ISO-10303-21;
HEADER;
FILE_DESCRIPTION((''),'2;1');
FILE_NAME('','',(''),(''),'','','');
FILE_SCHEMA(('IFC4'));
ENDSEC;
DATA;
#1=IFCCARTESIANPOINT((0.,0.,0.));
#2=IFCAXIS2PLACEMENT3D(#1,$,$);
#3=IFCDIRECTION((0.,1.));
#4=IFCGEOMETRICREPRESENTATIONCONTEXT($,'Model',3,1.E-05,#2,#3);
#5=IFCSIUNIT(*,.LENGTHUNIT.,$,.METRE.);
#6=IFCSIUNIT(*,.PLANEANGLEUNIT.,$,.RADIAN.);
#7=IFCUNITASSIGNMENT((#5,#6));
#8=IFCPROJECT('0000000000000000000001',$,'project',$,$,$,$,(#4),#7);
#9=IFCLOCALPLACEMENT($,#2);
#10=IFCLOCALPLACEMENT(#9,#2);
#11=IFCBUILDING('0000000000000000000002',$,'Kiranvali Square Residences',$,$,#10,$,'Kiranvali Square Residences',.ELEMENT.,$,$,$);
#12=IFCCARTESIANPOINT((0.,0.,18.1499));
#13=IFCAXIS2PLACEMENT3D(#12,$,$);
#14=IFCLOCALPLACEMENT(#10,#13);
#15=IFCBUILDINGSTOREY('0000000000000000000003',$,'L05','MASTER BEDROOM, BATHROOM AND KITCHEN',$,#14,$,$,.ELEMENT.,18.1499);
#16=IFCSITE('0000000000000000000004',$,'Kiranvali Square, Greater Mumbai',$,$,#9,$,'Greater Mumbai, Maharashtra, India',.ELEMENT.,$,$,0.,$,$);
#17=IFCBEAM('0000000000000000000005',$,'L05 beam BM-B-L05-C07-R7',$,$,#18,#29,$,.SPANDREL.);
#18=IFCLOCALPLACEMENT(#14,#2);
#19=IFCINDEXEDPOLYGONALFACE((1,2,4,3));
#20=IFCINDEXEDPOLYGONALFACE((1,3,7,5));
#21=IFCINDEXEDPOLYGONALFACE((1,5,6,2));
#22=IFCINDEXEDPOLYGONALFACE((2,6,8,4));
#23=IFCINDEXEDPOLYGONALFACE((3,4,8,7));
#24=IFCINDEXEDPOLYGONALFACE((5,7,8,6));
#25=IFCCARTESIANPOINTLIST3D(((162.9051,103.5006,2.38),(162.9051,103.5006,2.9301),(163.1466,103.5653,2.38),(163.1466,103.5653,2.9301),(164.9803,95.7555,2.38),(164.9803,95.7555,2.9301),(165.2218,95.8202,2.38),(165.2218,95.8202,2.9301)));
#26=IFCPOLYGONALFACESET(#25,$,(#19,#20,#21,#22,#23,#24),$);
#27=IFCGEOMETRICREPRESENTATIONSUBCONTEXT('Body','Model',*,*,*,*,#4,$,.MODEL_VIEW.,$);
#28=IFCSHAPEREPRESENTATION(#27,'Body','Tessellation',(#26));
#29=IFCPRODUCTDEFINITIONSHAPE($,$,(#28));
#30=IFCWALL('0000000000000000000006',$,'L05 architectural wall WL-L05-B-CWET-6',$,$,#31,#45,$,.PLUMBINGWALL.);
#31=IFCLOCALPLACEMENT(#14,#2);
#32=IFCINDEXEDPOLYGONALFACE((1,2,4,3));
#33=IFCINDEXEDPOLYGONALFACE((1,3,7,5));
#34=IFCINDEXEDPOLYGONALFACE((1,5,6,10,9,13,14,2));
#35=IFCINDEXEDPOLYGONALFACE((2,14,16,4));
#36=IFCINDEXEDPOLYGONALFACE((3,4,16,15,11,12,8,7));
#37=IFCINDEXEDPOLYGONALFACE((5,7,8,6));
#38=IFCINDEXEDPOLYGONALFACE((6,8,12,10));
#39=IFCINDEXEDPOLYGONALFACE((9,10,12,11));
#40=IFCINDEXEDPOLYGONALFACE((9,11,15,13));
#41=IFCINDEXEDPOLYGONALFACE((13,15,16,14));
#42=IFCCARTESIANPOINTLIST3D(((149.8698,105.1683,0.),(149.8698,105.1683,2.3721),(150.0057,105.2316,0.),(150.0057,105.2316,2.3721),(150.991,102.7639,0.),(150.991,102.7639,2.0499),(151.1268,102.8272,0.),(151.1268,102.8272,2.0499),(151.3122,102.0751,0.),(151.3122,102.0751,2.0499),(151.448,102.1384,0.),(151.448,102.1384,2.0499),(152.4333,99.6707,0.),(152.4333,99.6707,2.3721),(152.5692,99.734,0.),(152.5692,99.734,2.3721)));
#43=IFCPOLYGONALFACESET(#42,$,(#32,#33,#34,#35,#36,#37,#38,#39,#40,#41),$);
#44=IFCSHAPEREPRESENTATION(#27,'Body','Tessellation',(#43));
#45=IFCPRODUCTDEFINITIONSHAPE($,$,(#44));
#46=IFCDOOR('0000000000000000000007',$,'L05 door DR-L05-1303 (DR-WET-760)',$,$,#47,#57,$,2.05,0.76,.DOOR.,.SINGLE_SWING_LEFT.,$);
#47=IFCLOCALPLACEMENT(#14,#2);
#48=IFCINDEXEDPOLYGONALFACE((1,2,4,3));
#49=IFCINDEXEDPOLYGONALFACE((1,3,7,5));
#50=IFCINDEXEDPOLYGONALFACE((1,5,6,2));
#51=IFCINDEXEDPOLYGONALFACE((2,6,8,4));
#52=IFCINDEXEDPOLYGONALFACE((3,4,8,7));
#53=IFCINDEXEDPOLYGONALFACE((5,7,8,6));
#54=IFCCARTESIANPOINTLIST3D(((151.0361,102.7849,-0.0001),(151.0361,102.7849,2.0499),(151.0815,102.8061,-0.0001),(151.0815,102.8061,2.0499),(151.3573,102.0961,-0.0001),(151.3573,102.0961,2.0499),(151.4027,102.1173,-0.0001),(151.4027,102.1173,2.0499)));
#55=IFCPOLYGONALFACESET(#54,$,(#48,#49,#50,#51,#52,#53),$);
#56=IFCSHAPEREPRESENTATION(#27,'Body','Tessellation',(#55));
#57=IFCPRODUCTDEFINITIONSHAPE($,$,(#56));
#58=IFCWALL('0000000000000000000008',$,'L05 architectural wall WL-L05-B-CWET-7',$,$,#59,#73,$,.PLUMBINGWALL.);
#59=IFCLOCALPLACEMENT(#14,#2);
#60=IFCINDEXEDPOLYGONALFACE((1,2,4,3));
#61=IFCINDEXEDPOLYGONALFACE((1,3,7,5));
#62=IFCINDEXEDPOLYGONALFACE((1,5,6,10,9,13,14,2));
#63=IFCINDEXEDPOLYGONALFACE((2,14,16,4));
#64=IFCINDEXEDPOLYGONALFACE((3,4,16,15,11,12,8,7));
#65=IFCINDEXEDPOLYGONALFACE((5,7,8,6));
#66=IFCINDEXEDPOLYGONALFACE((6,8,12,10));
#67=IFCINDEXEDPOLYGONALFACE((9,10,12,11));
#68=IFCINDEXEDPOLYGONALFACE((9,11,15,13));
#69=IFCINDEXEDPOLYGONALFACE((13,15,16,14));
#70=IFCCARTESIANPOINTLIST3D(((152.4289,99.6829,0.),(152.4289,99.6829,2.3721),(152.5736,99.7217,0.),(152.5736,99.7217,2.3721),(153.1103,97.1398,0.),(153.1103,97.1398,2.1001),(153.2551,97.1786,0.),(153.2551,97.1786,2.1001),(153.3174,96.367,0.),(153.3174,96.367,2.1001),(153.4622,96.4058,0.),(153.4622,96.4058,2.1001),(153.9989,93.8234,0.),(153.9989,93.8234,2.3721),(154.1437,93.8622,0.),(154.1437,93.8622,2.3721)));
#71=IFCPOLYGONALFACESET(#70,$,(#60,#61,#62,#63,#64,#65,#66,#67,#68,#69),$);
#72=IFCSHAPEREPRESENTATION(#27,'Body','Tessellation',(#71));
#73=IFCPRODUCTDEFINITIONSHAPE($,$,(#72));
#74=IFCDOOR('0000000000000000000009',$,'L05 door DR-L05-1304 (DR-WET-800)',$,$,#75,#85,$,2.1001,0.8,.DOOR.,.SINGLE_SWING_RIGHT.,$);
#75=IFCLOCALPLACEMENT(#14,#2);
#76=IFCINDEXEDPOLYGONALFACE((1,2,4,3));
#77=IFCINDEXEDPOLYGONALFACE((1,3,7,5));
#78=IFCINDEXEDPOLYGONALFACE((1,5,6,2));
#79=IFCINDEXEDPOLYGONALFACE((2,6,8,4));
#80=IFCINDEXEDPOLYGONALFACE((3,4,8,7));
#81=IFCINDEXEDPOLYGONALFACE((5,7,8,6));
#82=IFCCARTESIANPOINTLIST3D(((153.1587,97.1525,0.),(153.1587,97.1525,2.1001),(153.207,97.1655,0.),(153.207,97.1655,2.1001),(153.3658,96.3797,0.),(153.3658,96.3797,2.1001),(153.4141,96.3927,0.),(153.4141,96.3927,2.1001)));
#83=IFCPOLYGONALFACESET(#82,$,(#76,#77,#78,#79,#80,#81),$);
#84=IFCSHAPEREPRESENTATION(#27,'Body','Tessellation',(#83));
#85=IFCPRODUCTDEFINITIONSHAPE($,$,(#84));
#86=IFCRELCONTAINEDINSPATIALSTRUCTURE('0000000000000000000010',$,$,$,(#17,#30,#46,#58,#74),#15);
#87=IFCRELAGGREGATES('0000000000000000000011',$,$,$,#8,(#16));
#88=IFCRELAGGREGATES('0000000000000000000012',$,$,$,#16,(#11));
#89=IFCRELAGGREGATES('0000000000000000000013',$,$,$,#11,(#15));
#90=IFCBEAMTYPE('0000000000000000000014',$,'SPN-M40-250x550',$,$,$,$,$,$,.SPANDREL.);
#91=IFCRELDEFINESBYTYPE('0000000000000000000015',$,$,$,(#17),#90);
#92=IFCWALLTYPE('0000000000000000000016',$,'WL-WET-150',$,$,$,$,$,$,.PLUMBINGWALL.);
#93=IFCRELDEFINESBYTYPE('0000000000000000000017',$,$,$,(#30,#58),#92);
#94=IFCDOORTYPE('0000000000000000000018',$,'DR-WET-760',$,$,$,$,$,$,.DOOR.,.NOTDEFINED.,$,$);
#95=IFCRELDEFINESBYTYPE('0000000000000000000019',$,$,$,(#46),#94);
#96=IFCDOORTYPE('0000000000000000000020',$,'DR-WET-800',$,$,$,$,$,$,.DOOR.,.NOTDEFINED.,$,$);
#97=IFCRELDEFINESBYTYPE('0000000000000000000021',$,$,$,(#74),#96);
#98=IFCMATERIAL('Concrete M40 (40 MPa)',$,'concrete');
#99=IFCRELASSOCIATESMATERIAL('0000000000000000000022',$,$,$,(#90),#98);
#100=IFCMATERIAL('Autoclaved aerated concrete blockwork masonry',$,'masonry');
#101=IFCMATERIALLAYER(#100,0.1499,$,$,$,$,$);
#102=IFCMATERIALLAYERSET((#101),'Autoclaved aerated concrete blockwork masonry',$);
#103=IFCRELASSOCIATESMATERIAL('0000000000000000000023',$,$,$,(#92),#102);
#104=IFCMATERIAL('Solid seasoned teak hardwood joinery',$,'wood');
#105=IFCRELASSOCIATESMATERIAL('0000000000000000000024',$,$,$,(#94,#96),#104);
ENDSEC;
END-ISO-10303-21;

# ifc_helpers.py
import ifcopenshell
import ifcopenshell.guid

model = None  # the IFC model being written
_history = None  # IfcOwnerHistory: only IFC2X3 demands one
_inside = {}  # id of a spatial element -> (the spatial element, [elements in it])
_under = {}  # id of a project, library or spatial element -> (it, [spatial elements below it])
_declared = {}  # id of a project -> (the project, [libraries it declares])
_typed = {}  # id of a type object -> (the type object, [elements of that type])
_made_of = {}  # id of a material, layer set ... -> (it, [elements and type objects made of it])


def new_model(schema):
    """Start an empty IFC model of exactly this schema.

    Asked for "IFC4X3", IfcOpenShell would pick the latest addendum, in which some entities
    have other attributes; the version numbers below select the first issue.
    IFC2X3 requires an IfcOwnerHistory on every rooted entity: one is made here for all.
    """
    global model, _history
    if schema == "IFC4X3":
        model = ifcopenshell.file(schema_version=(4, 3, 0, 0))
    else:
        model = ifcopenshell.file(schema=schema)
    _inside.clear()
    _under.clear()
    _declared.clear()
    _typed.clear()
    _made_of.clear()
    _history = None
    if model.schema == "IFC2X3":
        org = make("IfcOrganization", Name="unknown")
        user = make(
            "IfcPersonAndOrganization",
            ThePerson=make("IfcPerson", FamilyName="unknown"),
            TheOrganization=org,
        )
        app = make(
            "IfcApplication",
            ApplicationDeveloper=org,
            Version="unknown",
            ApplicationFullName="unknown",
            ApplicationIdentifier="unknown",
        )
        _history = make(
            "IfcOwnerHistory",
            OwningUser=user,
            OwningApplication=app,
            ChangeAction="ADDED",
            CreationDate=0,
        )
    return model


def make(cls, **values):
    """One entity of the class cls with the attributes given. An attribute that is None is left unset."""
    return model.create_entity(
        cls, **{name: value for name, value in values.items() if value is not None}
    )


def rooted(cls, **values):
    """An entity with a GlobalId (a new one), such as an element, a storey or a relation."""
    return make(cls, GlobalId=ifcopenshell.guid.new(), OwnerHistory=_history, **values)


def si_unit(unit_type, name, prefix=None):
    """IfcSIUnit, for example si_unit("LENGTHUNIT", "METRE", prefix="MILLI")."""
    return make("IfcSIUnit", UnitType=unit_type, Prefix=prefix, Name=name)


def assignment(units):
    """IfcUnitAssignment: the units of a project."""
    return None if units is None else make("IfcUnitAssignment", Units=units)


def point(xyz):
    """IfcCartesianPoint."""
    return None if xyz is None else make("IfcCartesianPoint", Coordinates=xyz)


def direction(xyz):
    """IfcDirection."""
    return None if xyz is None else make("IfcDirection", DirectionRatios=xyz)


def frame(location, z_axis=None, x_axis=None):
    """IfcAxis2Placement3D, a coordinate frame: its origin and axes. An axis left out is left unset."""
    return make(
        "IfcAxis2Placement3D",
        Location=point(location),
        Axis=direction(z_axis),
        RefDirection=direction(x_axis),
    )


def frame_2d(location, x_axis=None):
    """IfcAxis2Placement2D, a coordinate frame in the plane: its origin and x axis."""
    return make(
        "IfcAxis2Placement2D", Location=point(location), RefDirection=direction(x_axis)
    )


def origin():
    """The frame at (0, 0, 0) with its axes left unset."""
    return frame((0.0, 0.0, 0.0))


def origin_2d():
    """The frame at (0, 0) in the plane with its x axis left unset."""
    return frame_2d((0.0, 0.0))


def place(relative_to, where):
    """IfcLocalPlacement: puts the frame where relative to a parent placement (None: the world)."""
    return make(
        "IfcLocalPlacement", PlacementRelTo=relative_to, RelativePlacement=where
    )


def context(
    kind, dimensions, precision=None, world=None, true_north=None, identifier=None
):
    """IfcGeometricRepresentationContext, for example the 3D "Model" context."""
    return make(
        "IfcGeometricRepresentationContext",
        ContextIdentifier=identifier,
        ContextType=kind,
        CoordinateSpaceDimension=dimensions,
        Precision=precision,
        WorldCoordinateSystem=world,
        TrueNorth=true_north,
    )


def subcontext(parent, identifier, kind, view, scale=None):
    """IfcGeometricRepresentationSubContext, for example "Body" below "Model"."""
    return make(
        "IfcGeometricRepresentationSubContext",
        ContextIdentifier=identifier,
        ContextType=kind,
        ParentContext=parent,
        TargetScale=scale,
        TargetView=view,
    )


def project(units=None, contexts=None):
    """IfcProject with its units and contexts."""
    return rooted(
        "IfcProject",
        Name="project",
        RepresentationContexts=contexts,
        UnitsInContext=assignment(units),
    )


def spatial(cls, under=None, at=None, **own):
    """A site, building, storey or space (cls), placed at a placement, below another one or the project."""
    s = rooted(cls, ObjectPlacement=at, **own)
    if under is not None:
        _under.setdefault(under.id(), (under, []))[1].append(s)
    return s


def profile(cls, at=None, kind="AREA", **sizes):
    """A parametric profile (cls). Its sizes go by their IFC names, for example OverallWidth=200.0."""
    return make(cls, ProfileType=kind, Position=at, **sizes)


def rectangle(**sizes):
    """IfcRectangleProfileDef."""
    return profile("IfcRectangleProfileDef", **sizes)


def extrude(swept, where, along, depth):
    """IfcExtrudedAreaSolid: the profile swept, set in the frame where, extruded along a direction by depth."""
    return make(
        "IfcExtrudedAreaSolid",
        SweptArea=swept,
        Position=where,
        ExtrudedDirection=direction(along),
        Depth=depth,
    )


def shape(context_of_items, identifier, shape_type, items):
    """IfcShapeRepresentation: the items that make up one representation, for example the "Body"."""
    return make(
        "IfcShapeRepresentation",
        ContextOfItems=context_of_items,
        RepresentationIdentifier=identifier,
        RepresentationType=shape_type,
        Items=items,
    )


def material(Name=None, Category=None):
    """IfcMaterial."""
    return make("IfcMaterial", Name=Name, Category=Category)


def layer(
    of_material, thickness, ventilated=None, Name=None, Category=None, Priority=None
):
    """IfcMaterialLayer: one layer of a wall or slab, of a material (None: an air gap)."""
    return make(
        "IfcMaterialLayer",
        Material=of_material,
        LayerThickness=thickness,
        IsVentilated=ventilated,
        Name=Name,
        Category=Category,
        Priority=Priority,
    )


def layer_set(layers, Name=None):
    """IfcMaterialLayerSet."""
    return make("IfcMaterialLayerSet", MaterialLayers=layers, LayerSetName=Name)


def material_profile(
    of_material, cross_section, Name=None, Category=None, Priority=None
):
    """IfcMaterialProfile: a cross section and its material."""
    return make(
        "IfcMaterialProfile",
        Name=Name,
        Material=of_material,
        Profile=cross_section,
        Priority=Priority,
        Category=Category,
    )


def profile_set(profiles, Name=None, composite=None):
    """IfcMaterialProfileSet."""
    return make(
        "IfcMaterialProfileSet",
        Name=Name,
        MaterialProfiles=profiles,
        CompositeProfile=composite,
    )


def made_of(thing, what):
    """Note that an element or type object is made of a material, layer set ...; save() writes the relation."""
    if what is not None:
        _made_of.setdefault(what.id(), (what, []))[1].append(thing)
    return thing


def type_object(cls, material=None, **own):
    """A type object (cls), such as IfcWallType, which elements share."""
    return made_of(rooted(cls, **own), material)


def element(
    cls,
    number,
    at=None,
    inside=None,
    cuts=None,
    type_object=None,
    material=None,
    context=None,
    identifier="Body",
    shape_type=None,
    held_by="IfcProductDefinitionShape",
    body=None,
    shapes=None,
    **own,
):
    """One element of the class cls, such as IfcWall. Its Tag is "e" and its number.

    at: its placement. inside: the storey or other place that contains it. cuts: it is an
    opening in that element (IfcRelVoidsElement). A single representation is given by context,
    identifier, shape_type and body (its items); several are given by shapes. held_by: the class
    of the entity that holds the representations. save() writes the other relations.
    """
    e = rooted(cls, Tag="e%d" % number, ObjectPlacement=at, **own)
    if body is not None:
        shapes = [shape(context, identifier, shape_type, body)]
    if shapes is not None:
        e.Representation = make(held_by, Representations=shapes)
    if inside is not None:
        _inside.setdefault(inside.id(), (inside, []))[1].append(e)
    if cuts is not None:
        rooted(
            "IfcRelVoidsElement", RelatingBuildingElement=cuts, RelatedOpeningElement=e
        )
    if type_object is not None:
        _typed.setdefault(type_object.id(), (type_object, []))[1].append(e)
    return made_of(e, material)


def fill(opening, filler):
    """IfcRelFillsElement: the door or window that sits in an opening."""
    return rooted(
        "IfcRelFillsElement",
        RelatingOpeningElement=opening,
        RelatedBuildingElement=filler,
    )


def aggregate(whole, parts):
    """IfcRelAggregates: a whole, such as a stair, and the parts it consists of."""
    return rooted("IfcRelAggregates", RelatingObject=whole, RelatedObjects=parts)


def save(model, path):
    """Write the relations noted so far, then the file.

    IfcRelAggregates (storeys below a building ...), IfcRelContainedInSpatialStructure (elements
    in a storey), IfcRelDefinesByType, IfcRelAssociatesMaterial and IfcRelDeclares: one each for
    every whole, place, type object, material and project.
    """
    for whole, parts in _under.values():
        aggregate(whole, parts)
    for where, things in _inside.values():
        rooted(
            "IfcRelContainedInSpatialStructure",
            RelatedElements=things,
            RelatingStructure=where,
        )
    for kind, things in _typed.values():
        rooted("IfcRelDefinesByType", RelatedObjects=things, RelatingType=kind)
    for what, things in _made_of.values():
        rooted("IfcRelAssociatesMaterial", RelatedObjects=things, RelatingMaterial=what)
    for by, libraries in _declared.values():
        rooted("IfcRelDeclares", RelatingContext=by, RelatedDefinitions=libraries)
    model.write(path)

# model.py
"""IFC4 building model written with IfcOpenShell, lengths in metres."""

from ifc_helpers import new_model, si_unit, direction, frame, frame_2d, origin, origin_2d, place, context, subcontext, project, spatial, rectangle, extrude, material, layer, layer_set, material_profile, profile_set, type_object, element, fill, save


model = new_model("IFC4")

# Units and contexts
model_context = context("Model", 3, precision=1e-05, world=origin(), true_north=direction((0.0, 1.0)))
body_context = subcontext(model_context, "Body", "Model", "MODEL_VIEW")
ifc_project = project(units=[si_unit("LENGTHUNIT", "METRE"), si_unit("PLANEANGLEUNIT", "RADIAN")], contexts=[model_context])

# Site, building, storey
site_placement = place(None, origin())
site = spatial("IfcSite", under=ifc_project, at=site_placement, Name="Kiranvali Square, Greater Mumbai", LongName="Greater Mumbai, Maharashtra, India", CompositionType="ELEMENT", RefElevation=0.0)
building_placement = place(site_placement, origin())
building = spatial("IfcBuilding", under=site, at=building_placement, Name="Kiranvali Square Residences", LongName="Kiranvali Square Residences", CompositionType="ELEMENT")
storey_placement = place(building_placement, frame((0.0, 0.0, 18.1499)))
storey = spatial("IfcBuildingStorey", under=building, at=storey_placement, Name="L05", Description="MASTER BEDROOM, BATHROOM AND KITCHEN", CompositionType="ELEMENT", Elevation=18.1499)

# Beam
ifc_material_1 = material(Name="Concrete M40 (40 MPa)", Category="concrete")
ifc_material_profile_1 = material_profile(ifc_material_1, rectangle(XDim=0.25, YDim=0.55, at=origin_2d()), Name="RC 250x550")
ifc_profile_set_1 = profile_set([ifc_material_profile_1], Name="Concrete M40 (40 MPa)")
beam_type_1 = type_object("IfcBeamType", Name="SPN-M40-250x550", PredefinedType="SPANDREL", material=ifc_profile_set_1)
beam_1_placement = place(storey_placement, frame((163.0259, 103.533, 2.655), z_axis=(0.258807, -0.965929, 0.0), x_axis=(0.965929, 0.258807, 0.0)))
element("IfcBeam", 1, at=beam_1_placement, inside=storey, type_object=beam_type_1, Name="L05 beam BM-B-L05-C07-R7", PredefinedType="SPANDREL", context=body_context, shape_type="SweptSolid", body=[
    extrude(rectangle(XDim=0.25, YDim=0.55, at=origin_2d()), origin(), (0.0, 0.0, 1.0), 8.0183),
])

# Walls, openings, doors
ifc_material_2 = material(Name="Autoclaved aerated concrete blockwork masonry", Category="masonry")
ifc_layer_1 = layer(ifc_material_2, 0.1499)
ifc_layer_set_1 = layer_set([ifc_layer_1], Name="Autoclaved aerated concrete blockwork masonry")
wall_type_1 = type_object("IfcWallType", Name="WL-WET-150", PredefinedType="PLUMBINGWALL", material=ifc_layer_set_1)
wall_1_placement = place(storey_placement, frame((149.9377, 105.2, 0.0), z_axis=(0.0, 0.0, 1.0), x_axis=(0.422608, -0.906313, 0.0)))
wall_1 = element("IfcWall", 2, at=wall_1_placement, inside=storey, type_object=wall_type_1, Name="L05 architectural wall WL-L05-B-CWET-6", PredefinedType="PLUMBINGWALL", context=body_context, shape_type="SweptSolid", body=[
    extrude(rectangle(XDim=6.0659, YDim=0.1499, at=frame_2d((3.033, 0.0))), origin(), (0.0, 0.0, 1.0), 2.3721),
])
opening_1_placement = place(wall_1_placement, frame((2.6531, 0.0, 0.0)))
opening_1 = element("IfcOpeningElement", 3, at=opening_1_placement, cuts=wall_1, PredefinedType="OPENING", context=body_context, shape_type="SweptSolid", body=[
    extrude(rectangle(XDim=0.76, YDim=2.05, at=frame_2d((0.3799, 1.0249))), frame((0.0, 0.085, 0.0), z_axis=(0.0, -1.0, 0.0), x_axis=(1.0, 0.0, 0.0)), (0.0, 0.0, 1.0), 0.1699),
])
ifc_material_3 = material(Name="Solid seasoned teak hardwood joinery", Category="wood")
door_type_1 = type_object("IfcDoorType", Name="DR-WET-760", OperationType="NOTDEFINED", PredefinedType="DOOR", material=ifc_material_3)
door_1_placement = place(opening_1_placement, origin())
door_1 = element("IfcDoor", 4, at=door_1_placement, inside=storey, type_object=door_type_1, Name="L05 door DR-L05-1303 (DR-WET-760)", OperationType="SINGLE_SWING_LEFT", OverallHeight=2.05, OverallWidth=0.76, PredefinedType="DOOR", context=body_context, shape_type="SweptSolid", body=[
    extrude(rectangle(XDim=0.76, YDim=2.05, at=frame_2d((0.3799, 1.0249))), frame((0.0, 0.0249, 0.0), z_axis=(0.0, -1.0, 0.0), x_axis=(1.0, 0.0, 0.0)), (0.0, 0.0, 1.0), 0.05),
])
fill(opening_1, door_1)
wall_2_placement = place(storey_placement, frame((152.5012, 99.7024, 0.0), z_axis=(0.0, 0.0, 1.0), x_axis=(0.258827, -0.965924, 0.0)))
wall_2 = element("IfcWall", 5, at=wall_2_placement, inside=storey, type_object=wall_type_1, Name="L05 architectural wall WL-L05-B-CWET-7", PredefinedType="PLUMBINGWALL", context=body_context, shape_type="SweptSolid", body=[
    extrude(rectangle(XDim=6.0662, YDim=0.1499, at=frame_2d((3.0332, 0.0))), origin(), (0.0, 0.0, 1.0), 2.3721),
])
opening_2_placement = place(wall_2_placement, frame((2.6331, 0.0, 0.0)))
opening_2 = element("IfcOpeningElement", 6, at=opening_2_placement, cuts=wall_2, PredefinedType="OPENING", context=body_context, shape_type="SweptSolid", body=[
    extrude(rectangle(XDim=0.8, YDim=2.1001, at=frame_2d((0.3999, 1.05))), frame((0.0, 0.085, 0.0), z_axis=(0.0, -1.0, 0.0), x_axis=(1.0, 0.0, 0.0)), (0.0, 0.0, 1.0), 0.1699),
])
door_type_2 = type_object("IfcDoorType", Name="DR-WET-800", OperationType="NOTDEFINED", PredefinedType="DOOR", material=ifc_material_3)
door_2_placement = place(opening_2_placement, frame((0.8, 0.0, 0.0), z_axis=(0.0, 0.0, 1.0), x_axis=(-1.0, 0.0, 0.0)))
door_2 = element("IfcDoor", 7, at=door_2_placement, inside=storey, type_object=door_type_2, Name="L05 door DR-L05-1304 (DR-WET-800)", OperationType="SINGLE_SWING_RIGHT", OverallHeight=2.1001, OverallWidth=0.8, PredefinedType="DOOR", context=body_context, shape_type="SweptSolid", body=[
    extrude(rectangle(XDim=0.8, YDim=2.1001, at=frame_2d((0.3999, 1.05))), frame((0.0, 0.0249, 0.0), z_axis=(0.0, -1.0, 0.0), x_axis=(1.0, 0.0, 0.0)), (0.0, 0.0, 1.0), 0.05),
])
fill(opening_2, door_2)

save(model, "model.ifc")
